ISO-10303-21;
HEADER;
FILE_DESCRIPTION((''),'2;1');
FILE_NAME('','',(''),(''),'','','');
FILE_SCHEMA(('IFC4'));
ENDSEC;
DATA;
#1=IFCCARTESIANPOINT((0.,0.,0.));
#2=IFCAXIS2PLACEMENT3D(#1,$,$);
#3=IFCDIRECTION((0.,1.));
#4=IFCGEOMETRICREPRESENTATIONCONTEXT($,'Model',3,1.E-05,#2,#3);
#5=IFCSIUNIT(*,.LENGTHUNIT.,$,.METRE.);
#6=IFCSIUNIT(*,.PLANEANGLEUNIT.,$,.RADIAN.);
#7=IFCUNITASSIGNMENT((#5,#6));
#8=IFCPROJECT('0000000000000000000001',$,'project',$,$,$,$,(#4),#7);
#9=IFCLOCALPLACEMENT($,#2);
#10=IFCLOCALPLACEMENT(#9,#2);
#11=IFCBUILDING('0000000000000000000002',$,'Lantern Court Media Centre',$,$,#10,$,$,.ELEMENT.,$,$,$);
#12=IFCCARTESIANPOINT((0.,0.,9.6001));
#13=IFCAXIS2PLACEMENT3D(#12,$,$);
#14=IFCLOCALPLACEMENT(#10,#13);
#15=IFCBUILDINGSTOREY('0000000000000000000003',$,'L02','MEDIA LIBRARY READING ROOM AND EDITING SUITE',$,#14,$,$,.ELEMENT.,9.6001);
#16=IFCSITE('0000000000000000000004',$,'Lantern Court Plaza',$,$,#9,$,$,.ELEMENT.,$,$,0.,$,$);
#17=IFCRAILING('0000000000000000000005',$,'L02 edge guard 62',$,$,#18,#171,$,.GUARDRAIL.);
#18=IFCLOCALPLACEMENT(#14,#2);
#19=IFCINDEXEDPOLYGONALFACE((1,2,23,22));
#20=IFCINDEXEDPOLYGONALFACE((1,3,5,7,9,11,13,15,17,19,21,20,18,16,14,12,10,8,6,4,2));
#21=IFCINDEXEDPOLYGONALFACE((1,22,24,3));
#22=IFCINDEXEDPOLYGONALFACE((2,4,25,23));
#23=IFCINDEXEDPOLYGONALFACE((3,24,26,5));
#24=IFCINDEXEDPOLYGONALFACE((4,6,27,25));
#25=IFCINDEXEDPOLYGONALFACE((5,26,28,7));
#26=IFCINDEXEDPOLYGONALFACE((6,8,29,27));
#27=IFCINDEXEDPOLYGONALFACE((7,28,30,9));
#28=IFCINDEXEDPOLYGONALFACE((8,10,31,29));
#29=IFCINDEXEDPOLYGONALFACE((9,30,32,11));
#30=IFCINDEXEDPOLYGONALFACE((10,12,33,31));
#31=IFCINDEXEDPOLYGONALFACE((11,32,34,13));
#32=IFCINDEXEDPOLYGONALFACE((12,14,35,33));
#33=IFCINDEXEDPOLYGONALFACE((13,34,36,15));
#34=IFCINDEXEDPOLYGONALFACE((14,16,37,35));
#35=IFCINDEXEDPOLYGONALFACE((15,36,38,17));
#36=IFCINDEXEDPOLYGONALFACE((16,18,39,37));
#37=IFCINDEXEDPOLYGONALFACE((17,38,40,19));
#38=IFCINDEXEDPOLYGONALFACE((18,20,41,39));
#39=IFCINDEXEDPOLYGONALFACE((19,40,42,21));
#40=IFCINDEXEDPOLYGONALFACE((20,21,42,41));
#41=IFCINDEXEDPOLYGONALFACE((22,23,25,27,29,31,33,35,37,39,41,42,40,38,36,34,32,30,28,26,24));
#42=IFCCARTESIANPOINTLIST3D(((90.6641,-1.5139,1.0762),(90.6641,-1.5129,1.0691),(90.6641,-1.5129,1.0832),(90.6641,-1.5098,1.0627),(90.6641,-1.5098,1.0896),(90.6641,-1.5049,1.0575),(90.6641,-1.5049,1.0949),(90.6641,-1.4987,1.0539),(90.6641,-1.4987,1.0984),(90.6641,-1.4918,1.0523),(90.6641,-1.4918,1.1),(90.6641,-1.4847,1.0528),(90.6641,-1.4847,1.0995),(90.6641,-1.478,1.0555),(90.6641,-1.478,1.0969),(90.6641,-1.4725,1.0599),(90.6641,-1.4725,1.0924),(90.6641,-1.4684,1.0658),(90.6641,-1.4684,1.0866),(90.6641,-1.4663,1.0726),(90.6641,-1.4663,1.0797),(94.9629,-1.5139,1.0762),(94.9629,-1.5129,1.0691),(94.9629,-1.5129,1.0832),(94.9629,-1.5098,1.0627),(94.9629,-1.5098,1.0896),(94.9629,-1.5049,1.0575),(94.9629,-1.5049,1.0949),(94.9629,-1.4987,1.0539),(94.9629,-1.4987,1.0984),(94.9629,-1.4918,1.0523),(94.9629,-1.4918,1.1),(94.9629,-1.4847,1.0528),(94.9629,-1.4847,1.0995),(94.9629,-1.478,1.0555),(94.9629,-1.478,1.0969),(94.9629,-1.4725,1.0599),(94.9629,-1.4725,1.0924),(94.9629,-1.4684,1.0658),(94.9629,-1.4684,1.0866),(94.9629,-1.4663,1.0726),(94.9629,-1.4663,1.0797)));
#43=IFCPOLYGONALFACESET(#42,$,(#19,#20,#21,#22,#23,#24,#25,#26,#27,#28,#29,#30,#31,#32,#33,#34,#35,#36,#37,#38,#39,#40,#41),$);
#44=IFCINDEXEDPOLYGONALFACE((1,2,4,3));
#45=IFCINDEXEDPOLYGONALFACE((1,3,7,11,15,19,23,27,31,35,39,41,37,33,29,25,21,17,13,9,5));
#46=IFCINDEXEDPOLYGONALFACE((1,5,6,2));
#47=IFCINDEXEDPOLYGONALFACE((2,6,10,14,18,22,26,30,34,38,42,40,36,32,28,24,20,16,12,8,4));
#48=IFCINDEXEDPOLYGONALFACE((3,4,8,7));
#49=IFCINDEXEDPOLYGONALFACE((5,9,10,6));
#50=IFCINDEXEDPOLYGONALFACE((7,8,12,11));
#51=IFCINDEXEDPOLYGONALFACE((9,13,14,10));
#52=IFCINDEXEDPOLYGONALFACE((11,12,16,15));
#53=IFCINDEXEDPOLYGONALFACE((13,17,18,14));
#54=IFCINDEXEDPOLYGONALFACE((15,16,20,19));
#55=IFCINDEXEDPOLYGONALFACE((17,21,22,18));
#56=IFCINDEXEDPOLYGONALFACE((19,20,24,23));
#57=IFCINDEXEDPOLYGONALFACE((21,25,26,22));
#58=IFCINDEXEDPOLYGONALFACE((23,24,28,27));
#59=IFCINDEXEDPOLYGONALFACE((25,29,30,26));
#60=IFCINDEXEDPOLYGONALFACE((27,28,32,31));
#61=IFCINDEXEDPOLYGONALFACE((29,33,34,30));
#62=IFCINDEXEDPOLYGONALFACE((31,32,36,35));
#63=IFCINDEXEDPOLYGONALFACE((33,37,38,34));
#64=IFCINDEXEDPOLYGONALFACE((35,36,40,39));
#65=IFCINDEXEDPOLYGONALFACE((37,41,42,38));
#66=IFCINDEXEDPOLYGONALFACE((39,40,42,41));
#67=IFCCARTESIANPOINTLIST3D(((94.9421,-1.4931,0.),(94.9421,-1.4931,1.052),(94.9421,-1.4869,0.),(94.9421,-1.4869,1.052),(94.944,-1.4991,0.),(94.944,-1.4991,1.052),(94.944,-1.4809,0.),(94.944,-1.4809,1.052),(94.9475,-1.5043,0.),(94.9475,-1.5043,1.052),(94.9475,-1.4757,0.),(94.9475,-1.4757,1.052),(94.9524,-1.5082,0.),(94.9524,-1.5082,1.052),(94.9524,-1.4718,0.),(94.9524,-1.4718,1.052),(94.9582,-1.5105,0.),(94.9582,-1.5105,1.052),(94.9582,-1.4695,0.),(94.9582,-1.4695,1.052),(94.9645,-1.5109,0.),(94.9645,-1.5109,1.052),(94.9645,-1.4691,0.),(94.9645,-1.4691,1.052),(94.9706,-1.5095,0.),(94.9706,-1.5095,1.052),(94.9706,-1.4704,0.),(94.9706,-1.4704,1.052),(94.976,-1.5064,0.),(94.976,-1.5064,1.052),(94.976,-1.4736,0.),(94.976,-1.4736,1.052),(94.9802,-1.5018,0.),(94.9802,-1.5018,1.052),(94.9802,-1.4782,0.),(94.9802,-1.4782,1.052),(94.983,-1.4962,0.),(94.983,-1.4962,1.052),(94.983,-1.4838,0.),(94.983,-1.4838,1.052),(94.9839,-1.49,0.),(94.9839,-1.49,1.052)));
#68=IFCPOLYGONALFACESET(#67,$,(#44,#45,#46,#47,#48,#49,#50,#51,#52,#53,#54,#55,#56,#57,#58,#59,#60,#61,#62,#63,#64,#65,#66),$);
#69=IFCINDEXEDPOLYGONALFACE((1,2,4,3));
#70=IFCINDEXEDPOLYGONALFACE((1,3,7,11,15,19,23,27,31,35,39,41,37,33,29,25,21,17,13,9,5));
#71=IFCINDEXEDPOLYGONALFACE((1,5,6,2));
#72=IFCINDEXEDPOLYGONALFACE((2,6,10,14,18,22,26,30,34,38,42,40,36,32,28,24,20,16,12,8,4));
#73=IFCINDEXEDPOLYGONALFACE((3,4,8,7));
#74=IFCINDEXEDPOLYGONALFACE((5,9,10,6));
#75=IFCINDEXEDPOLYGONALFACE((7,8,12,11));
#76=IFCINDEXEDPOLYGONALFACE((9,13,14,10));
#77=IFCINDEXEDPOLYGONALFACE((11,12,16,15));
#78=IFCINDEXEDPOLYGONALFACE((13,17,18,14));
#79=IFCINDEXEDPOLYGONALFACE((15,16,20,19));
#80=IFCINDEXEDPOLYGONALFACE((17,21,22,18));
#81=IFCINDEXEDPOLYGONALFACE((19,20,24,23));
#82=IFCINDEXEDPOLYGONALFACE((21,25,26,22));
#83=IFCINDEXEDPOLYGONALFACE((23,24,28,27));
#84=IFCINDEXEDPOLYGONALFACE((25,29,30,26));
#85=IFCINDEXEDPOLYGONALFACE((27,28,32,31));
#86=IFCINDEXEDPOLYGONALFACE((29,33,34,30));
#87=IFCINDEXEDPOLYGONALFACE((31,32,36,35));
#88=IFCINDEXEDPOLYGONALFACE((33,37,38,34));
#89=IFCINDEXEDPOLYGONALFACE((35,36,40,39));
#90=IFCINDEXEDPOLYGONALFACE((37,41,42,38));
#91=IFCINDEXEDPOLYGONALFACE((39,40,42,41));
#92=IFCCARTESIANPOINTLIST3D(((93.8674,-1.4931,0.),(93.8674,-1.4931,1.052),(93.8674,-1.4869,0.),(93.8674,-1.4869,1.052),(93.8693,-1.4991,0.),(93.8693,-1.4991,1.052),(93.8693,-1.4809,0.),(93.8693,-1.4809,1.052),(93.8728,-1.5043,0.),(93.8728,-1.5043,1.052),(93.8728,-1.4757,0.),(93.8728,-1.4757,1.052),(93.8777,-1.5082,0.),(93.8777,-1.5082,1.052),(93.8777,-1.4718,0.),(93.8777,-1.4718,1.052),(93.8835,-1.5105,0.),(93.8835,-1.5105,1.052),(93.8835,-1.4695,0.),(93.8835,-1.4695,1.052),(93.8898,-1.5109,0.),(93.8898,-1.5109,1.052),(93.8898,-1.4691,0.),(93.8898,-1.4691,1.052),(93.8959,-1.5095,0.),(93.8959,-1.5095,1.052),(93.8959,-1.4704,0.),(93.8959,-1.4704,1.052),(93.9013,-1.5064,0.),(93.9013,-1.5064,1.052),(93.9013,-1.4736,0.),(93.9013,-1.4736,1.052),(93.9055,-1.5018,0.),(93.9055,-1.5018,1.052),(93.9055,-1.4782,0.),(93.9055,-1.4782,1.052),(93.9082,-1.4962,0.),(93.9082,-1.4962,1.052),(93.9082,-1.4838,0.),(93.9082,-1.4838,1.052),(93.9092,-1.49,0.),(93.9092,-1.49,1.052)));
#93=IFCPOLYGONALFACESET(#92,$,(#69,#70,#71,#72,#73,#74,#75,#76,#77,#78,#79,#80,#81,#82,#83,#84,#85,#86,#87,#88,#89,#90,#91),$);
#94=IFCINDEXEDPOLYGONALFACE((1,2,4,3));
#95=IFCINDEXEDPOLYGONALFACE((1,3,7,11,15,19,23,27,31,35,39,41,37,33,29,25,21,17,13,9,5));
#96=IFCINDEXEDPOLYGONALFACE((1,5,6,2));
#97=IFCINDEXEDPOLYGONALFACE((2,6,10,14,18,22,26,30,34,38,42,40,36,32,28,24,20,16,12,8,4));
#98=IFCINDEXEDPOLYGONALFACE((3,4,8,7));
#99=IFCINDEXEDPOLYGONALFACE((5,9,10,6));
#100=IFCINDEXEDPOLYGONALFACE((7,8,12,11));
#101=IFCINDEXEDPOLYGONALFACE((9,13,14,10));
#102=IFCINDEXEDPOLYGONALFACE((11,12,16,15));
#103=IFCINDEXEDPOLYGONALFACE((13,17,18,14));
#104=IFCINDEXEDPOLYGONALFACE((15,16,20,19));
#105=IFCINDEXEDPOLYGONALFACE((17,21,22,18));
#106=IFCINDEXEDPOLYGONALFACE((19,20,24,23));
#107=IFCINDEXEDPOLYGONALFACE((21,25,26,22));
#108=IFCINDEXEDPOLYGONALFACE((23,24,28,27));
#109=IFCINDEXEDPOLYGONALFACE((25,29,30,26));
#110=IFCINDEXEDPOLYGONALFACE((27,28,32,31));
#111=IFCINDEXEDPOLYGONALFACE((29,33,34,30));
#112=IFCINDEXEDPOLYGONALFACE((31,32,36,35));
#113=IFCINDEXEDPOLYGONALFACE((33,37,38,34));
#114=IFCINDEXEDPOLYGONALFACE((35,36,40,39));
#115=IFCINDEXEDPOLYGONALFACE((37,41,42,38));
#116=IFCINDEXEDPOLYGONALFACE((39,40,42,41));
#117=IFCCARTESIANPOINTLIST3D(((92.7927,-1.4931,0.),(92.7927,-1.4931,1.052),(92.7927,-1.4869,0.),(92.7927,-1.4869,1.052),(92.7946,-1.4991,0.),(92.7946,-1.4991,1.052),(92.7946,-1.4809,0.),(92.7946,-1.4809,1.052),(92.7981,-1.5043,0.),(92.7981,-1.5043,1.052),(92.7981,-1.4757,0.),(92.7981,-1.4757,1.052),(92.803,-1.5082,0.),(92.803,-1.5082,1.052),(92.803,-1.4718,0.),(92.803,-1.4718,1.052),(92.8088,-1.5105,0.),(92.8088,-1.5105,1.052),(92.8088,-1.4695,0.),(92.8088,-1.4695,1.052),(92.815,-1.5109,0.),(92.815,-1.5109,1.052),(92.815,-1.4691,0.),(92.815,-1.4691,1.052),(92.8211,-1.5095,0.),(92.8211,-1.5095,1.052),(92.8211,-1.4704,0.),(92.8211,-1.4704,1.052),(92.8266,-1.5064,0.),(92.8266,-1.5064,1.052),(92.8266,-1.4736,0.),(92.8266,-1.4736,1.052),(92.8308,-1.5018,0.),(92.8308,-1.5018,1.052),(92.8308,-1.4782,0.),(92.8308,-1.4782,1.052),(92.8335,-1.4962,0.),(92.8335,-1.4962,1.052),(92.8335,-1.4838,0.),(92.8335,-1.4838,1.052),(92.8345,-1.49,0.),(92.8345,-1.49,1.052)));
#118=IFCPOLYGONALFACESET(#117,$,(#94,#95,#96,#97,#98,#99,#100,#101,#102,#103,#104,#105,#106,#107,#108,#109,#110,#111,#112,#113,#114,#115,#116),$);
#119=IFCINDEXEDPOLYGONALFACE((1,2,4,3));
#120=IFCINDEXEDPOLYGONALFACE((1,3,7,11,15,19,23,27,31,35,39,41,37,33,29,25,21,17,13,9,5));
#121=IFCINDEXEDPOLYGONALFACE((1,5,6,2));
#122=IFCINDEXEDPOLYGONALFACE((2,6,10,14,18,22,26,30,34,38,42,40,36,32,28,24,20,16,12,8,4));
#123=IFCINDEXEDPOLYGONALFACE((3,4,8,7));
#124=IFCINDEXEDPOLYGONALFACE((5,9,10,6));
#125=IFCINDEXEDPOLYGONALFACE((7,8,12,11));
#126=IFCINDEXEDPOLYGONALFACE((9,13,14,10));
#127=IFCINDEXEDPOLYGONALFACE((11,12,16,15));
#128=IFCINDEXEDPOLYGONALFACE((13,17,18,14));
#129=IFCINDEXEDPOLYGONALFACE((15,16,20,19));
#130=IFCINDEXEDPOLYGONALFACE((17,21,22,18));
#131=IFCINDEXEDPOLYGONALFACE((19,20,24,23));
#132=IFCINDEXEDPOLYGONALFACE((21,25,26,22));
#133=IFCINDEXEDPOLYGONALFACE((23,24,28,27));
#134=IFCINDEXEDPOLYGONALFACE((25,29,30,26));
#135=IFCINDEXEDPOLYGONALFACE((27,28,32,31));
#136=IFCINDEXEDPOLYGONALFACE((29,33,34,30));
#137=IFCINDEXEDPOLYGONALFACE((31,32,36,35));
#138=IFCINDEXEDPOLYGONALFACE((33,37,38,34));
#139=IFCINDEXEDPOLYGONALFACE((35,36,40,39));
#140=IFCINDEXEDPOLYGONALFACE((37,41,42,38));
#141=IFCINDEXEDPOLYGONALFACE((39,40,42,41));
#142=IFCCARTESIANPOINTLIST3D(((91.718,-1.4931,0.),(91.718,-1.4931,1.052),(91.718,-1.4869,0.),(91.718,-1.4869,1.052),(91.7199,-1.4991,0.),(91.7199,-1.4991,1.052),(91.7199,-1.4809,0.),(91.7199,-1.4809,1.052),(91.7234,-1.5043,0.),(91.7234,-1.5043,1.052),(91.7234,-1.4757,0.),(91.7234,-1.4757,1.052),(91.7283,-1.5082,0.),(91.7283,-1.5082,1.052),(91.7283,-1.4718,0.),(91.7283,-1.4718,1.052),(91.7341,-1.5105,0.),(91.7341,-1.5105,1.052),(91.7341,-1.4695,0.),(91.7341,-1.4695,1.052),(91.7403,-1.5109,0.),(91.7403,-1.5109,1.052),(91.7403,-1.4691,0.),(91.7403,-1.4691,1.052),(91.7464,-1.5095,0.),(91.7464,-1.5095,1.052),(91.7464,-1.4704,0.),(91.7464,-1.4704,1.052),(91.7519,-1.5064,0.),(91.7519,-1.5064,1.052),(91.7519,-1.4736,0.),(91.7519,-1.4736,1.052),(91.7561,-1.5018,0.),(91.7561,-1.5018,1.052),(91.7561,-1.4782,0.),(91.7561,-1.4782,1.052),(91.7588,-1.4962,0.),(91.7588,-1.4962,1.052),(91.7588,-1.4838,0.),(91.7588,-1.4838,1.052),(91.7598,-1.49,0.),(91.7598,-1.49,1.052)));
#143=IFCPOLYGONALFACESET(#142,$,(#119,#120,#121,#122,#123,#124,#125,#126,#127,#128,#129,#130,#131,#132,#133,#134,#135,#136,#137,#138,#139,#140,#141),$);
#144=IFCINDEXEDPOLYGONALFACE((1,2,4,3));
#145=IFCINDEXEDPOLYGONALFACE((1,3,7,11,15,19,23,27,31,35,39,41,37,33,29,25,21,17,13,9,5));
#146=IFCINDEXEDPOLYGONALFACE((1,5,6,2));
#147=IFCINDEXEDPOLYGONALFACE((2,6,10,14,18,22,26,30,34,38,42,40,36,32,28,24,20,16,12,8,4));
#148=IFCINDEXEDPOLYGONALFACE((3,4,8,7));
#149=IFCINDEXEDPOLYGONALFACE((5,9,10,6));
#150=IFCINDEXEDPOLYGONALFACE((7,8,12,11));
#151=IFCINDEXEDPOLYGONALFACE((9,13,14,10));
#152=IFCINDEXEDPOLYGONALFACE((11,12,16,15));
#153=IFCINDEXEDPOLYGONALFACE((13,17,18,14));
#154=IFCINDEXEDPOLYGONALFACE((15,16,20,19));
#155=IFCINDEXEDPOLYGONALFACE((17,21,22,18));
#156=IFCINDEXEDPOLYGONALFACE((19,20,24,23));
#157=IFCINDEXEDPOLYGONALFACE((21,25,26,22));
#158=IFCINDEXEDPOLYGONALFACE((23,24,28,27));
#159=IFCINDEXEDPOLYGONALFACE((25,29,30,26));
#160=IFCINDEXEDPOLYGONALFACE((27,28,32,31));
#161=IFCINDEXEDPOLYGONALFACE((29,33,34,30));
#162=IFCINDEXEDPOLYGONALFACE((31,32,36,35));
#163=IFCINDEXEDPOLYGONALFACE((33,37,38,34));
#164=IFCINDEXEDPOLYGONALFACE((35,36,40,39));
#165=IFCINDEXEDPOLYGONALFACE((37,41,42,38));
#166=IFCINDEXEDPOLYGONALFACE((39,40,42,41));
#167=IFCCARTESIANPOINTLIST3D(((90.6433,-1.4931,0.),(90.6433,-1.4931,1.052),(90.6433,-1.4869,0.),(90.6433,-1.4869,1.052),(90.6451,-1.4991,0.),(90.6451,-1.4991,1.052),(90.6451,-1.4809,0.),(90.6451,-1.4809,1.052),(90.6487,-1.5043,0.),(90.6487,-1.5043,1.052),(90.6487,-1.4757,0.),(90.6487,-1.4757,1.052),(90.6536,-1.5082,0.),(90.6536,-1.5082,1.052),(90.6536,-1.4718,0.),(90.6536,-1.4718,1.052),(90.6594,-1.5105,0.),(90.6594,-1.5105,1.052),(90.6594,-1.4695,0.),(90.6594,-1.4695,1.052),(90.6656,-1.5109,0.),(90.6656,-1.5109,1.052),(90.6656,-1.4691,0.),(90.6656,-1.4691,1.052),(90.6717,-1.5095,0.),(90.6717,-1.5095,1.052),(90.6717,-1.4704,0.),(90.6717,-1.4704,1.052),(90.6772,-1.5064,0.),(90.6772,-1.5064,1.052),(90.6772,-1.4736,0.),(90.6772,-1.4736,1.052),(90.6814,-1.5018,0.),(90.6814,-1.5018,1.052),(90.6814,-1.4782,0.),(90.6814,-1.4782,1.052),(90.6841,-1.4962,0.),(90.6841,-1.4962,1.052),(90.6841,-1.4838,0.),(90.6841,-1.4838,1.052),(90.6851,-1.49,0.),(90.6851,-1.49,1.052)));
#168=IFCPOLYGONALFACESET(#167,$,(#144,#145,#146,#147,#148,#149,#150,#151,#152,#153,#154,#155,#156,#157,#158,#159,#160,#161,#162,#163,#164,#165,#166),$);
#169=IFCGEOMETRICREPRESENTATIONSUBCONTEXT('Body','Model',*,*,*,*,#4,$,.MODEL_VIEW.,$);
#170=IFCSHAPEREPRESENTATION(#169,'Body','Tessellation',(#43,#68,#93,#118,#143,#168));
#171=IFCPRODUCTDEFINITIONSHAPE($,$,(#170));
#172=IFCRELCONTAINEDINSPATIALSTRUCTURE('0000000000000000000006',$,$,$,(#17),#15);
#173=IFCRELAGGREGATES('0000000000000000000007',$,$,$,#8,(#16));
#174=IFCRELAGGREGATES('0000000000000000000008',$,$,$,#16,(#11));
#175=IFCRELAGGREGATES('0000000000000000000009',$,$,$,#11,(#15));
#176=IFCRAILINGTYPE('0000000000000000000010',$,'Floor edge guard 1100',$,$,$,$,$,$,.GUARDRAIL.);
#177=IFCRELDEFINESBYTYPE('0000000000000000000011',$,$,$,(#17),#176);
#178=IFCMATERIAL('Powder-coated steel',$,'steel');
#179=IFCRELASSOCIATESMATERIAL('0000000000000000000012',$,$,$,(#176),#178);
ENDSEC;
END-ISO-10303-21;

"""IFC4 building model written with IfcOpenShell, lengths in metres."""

from ifc_helpers import new_model, si_unit, direction, frame, origin, origin_2d, place, context, subcontext, project, spatial, circle, extrude, material, type_object, element, save


model = new_model("IFC4")

# Units and contexts
model_context = context("Model", 3, precision=1e-05, world=origin(), true_north=direction((0.0, 1.0)))
body_context = subcontext(model_context, "Body", "Model", "MODEL_VIEW")
ifc_project = project(units=[si_unit("LENGTHUNIT", "METRE"), si_unit("PLANEANGLEUNIT", "RADIAN")], contexts=[model_context])

# Site, building, storey
site_placement = place(None, origin())
site = spatial("IfcSite", under=ifc_project, at=site_placement, Name="Lantern Court Plaza", CompositionType="ELEMENT", RefElevation=0.0)
building_placement = place(site_placement, origin())
building = spatial("IfcBuilding", under=site, at=building_placement, Name="Lantern Court Media Centre", CompositionType="ELEMENT")
storey_placement = place(building_placement, frame((0.0, 0.0, 9.6001)))
storey = spatial("IfcBuildingStorey", under=building, at=storey_placement, Name="L02", Description="MEDIA LIBRARY READING ROOM AND EDITING SUITE", CompositionType="ELEMENT", Elevation=9.6001)

# Railing
ifc_material_1 = material(Name="Powder-coated steel", Category="steel")
railing_type = type_object("IfcRailingType", Name="Floor edge guard 1100", PredefinedType="GUARDRAIL", material=ifc_material_1)
railing_1_placement = place(storey_placement, frame((94.9629, -1.49, 0.0)))
element("IfcRailing", 1, at=railing_1_placement, inside=storey, type_object=railing_type, Name="L02 edge guard 62", PredefinedType="GUARDRAIL", context=body_context, shape_type="SweptSolid", body=[
    extrude(circle(Radius=0.0239, at=origin_2d()), frame((0.0, 0.0, 1.0762), z_axis=(-1.0, 0.0, 0.0), x_axis=(0.0, -1.0, 0.0)), (0.0, 0.0, 1.0), 4.2988),
    extrude(circle(Radius=0.021, at=origin_2d()), origin(), (0.0, 0.0, 1.0), 1.052),
    extrude(circle(Radius=0.021, at=origin_2d()), frame((-1.0747, 0.0, 0.0)), (0.0, 0.0, 1.0), 1.052),
    extrude(circle(Radius=0.021, at=origin_2d()), frame((-2.1494, 0.0, 0.0)), (0.0, 0.0, 1.0), 1.052),
    extrude(circle(Radius=0.021, at=origin_2d()), frame((-3.2241, 0.0, 0.0)), (0.0, 0.0, 1.0), 1.052),
    extrude(circle(Radius=0.021, at=origin_2d()), frame((-4.2988, 0.0, 0.0)), (0.0, 0.0, 1.0), 1.052),
])

save(model, "model.ifc")
